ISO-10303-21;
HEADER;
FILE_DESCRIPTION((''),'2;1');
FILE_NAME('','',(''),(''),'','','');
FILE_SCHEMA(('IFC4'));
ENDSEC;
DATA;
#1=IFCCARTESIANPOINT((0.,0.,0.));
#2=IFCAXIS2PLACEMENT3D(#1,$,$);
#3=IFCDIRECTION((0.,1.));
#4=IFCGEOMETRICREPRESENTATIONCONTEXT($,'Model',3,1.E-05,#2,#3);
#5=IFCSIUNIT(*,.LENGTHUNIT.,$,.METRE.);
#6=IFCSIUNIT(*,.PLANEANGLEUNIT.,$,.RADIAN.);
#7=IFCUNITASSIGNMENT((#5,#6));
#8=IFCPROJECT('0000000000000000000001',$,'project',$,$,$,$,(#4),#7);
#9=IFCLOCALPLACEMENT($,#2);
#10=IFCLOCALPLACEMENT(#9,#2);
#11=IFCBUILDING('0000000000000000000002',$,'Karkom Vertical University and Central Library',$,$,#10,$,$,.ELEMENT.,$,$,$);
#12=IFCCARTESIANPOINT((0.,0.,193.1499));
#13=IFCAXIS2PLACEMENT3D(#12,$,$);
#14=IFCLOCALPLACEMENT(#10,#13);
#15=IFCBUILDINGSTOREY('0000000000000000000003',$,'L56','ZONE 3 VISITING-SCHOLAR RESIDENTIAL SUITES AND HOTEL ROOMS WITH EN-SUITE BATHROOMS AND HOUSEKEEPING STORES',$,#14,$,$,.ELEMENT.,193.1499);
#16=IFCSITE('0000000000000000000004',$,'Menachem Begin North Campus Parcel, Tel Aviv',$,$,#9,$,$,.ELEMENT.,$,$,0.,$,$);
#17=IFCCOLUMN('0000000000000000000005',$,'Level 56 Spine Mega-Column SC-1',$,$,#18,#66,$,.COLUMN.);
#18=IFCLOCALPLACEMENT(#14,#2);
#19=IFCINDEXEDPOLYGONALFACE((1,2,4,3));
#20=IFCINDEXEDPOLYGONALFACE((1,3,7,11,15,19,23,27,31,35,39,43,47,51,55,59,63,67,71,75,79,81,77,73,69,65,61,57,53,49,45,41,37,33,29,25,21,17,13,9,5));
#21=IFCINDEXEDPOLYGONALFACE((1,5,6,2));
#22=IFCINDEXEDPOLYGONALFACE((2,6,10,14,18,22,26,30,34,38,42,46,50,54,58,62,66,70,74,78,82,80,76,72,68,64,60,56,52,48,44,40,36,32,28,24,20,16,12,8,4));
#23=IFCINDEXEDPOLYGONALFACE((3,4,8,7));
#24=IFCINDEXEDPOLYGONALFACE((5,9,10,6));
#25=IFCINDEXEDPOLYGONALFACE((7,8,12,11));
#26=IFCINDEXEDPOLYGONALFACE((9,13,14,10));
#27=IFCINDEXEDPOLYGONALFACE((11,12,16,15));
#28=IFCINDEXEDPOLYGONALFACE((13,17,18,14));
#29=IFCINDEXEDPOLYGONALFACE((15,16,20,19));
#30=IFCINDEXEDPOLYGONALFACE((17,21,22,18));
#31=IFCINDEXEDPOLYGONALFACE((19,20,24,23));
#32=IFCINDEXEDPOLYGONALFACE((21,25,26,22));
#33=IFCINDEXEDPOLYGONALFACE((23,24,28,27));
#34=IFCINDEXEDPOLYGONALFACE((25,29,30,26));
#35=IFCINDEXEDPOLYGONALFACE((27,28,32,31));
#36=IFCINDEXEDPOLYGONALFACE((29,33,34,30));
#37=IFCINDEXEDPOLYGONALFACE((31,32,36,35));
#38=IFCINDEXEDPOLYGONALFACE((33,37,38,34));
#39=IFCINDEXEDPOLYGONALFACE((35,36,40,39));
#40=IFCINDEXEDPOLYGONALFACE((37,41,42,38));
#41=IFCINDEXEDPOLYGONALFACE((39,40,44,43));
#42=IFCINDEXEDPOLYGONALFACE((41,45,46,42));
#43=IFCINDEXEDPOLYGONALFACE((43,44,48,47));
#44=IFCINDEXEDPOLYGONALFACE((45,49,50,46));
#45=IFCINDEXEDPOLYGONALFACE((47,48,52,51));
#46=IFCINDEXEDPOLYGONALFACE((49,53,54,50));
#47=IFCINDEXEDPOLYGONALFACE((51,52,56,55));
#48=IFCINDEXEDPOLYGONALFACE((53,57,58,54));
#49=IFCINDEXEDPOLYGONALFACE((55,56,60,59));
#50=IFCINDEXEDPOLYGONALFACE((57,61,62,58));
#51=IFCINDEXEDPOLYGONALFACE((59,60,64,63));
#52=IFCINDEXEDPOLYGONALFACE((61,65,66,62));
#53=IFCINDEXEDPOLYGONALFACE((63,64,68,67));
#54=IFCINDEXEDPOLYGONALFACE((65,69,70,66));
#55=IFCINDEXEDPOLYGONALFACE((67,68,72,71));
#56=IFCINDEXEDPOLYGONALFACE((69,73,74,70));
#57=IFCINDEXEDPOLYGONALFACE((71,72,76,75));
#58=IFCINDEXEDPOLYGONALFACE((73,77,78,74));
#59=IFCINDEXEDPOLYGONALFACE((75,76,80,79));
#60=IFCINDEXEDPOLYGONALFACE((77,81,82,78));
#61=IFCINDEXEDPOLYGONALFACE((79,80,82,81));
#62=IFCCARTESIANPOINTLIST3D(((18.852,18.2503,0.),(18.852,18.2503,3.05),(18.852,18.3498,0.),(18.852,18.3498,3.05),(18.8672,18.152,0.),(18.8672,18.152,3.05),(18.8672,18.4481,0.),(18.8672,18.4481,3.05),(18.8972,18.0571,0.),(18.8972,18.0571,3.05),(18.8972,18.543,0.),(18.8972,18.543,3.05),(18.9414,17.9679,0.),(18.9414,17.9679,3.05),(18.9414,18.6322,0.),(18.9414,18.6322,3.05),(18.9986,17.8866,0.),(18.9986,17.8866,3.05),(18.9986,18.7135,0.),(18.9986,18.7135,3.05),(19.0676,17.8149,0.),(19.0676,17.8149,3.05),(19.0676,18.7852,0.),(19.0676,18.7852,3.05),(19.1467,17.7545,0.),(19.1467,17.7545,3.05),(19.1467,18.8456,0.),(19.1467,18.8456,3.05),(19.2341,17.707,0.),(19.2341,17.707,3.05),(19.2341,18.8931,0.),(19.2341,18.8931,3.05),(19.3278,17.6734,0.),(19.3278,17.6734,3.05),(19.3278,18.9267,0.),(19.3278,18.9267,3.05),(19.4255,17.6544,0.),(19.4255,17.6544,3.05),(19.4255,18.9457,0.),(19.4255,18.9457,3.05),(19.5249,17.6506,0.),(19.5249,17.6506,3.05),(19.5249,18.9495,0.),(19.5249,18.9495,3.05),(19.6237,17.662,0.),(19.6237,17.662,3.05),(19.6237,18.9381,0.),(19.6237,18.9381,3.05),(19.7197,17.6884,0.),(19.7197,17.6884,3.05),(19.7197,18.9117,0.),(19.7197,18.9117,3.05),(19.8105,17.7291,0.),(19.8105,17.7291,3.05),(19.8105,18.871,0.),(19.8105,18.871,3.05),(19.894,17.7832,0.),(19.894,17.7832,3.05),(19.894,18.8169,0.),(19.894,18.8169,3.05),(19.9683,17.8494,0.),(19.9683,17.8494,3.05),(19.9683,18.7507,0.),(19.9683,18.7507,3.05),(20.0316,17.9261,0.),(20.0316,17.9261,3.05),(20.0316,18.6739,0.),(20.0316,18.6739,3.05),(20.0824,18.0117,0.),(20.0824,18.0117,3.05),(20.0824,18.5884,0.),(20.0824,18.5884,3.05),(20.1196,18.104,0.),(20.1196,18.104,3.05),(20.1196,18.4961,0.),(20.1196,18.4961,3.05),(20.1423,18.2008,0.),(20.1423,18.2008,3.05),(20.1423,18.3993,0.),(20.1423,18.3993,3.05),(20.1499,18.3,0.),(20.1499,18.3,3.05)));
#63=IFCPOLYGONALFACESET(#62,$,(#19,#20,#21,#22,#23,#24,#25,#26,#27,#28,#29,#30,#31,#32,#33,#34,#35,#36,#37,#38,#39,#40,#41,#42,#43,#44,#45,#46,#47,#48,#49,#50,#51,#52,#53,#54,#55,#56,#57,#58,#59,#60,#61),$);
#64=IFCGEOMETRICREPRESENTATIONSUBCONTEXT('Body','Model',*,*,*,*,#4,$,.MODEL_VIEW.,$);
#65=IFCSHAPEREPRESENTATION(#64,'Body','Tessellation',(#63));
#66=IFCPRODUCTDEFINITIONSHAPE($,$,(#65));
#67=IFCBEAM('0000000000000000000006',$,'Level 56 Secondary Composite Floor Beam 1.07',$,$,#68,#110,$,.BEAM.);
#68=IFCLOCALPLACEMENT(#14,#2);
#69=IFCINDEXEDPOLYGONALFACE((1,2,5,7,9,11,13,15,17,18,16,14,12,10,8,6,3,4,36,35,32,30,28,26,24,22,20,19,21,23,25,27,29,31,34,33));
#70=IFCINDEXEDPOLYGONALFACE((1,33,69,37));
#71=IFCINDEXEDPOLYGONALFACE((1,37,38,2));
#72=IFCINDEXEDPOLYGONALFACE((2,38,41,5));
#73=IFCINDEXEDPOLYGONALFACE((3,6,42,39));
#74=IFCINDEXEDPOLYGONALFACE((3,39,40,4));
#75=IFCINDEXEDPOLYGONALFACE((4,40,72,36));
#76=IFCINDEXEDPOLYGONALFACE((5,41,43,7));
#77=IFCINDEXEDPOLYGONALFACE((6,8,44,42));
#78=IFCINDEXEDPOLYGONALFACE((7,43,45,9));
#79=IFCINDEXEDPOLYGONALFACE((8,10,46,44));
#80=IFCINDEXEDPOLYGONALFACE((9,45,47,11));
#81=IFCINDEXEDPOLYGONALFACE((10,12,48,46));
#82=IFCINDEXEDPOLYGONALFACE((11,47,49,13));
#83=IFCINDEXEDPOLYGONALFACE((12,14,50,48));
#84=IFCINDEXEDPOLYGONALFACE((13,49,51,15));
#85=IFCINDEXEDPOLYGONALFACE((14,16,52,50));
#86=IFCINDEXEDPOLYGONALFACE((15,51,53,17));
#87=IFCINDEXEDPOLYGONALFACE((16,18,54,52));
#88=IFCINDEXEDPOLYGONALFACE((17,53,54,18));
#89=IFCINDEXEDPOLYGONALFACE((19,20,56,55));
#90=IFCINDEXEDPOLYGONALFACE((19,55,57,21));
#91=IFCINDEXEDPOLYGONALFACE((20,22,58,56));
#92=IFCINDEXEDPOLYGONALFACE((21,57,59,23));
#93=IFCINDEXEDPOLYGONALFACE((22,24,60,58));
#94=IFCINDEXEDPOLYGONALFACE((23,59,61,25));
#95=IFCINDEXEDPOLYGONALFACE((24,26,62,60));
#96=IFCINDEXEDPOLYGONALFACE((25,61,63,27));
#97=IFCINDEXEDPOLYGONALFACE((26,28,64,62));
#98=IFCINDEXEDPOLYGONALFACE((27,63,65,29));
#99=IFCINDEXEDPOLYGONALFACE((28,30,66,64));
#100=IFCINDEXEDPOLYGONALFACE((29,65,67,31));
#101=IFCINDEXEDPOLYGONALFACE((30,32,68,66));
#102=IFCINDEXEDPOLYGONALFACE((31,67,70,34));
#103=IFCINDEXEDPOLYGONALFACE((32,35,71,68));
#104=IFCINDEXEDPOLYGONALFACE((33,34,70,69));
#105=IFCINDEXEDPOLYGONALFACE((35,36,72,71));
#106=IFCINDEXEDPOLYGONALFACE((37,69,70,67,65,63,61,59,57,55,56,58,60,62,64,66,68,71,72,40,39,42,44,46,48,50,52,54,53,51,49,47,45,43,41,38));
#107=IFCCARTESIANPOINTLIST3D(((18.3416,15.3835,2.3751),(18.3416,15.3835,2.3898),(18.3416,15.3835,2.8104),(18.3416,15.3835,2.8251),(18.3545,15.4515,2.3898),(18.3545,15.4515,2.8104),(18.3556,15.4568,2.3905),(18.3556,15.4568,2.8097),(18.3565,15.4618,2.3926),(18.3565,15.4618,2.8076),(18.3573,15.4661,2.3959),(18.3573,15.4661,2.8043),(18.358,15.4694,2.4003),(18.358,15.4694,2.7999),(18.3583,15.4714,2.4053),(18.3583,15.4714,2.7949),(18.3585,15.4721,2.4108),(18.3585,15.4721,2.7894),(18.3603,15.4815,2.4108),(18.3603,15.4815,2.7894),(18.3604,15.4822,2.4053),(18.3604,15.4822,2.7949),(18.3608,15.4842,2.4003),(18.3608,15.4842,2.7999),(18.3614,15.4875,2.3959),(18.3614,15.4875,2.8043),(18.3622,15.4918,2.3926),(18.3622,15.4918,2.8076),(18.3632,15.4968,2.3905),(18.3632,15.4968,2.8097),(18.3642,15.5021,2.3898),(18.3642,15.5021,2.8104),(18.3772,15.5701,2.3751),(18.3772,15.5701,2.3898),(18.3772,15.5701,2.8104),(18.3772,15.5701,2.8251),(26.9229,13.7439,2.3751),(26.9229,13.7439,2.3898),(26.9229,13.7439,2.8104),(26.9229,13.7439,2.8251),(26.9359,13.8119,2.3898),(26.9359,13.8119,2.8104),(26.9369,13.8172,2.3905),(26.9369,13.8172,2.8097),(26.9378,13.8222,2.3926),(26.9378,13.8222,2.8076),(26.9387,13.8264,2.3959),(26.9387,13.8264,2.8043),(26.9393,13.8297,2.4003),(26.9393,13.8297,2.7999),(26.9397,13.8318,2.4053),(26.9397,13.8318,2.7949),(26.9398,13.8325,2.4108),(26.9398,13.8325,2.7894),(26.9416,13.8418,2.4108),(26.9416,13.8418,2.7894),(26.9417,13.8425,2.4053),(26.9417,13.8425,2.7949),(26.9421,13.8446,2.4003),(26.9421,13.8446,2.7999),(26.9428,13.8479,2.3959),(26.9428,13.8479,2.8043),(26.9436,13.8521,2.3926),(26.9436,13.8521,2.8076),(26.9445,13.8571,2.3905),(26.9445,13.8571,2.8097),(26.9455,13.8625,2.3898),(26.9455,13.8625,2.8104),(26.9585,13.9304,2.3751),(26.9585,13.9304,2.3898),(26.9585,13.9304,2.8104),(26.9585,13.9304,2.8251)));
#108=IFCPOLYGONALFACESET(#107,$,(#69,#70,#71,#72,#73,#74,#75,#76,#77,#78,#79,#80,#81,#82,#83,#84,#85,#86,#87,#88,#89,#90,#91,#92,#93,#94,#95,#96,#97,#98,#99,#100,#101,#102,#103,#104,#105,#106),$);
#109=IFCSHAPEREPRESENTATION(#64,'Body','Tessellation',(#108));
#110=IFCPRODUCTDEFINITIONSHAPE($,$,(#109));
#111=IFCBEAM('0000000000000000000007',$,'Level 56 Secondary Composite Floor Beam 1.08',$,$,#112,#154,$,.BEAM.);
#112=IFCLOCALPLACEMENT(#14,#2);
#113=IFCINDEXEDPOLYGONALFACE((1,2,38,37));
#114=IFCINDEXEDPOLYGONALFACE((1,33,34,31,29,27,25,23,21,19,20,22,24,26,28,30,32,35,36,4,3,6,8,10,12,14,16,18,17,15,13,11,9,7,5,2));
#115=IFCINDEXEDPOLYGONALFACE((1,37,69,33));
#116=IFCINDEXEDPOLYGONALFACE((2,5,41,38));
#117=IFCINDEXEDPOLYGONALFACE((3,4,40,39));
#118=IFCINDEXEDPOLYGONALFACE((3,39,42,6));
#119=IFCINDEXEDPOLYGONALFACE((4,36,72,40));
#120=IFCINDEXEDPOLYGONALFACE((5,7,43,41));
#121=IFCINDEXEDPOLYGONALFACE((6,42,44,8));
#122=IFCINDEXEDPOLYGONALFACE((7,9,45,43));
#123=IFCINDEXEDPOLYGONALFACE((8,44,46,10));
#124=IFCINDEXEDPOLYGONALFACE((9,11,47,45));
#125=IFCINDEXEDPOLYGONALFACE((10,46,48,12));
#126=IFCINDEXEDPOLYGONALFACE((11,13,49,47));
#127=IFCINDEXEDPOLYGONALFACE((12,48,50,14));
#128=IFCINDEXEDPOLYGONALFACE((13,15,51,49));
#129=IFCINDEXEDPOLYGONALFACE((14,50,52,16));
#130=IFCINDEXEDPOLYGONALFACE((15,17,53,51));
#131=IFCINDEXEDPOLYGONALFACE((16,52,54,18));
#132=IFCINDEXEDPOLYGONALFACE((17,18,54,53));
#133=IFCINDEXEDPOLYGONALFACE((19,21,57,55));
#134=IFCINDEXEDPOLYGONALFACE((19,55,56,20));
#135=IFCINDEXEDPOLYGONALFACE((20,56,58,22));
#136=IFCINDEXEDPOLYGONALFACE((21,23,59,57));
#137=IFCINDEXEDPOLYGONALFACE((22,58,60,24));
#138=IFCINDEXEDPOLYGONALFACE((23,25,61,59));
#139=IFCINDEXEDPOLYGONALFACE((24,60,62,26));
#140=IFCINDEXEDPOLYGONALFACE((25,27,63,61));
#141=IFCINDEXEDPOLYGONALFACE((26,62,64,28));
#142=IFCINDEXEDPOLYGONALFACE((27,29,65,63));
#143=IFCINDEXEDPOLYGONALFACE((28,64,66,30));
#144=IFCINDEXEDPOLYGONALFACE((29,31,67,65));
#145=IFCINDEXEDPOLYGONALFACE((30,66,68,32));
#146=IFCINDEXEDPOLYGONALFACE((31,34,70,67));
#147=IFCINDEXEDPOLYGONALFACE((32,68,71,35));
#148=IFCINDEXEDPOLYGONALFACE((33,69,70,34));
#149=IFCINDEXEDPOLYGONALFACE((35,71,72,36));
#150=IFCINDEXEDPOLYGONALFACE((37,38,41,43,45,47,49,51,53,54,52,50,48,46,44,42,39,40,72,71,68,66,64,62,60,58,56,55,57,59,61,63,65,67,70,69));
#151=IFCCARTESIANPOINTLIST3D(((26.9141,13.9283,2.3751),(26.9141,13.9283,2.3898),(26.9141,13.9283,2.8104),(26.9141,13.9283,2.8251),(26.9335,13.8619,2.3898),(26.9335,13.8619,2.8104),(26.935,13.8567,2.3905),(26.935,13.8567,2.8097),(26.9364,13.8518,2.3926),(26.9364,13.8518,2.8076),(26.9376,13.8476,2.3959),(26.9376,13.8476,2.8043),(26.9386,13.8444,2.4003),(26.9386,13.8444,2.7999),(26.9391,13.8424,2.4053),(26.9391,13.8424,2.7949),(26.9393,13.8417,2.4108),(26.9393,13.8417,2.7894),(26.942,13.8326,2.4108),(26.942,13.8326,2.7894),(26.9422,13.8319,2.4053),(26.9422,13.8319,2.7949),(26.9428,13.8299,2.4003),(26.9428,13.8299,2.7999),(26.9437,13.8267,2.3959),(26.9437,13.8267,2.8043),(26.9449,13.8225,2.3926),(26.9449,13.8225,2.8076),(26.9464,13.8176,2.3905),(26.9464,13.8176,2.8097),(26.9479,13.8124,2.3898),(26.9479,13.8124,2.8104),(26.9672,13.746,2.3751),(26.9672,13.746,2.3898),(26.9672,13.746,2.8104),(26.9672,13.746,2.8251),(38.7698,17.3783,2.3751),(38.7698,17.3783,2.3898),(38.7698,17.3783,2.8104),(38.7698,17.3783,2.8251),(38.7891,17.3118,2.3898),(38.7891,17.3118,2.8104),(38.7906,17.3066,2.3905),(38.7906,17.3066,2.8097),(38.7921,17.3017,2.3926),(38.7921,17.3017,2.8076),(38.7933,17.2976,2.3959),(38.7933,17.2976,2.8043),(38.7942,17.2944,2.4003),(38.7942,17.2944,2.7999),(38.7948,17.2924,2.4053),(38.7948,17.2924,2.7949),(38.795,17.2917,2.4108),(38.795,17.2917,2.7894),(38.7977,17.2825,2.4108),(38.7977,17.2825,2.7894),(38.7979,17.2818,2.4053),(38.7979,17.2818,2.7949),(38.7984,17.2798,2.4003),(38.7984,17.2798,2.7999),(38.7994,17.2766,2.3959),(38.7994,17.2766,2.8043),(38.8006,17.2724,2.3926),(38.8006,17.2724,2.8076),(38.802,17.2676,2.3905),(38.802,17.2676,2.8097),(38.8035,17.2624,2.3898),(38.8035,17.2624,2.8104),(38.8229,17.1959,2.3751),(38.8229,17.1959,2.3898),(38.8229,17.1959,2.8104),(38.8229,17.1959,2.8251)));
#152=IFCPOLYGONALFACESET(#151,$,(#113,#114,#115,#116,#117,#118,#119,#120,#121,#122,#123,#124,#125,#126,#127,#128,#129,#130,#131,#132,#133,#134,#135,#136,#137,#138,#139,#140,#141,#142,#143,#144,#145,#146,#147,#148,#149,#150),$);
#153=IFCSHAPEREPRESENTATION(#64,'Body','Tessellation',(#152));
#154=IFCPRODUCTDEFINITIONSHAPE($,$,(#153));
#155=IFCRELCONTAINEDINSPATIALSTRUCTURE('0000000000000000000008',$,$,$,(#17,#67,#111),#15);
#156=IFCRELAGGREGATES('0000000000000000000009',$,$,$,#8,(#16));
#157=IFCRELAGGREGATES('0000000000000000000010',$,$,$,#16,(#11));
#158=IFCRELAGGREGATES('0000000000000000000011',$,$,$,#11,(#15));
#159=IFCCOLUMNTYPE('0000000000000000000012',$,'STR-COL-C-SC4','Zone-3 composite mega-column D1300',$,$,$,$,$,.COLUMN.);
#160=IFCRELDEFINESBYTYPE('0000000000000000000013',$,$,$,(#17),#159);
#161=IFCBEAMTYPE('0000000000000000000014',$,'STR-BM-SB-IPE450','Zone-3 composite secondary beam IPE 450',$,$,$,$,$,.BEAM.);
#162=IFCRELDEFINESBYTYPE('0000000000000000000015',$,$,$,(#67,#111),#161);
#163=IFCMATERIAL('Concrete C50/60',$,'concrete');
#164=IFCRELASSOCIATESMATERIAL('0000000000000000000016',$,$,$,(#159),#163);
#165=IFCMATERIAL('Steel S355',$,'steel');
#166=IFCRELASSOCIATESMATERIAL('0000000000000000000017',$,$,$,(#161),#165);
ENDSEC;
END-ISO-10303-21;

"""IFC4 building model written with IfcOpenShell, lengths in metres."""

from ifc_helpers import new_model, si_unit, direction, frame, origin, origin_with_axes, origin_2d, place, context, subcontext, project, spatial, circle, i_section, extrude, source, transform, mapped, material, material_profile, profile_set, type_object, element, save


model = new_model("IFC4")

# Units and contexts
model_context = context("Model", 3, precision=1e-05, world=origin(), true_north=direction((0.0, 1.0)))
body_context = subcontext(model_context, "Body", "Model", "MODEL_VIEW")
ifc_project = project(units=[si_unit("LENGTHUNIT", "METRE"), si_unit("PLANEANGLEUNIT", "RADIAN")], contexts=[model_context])

# Site, building, storey
site_placement = place(None, origin())
site = spatial("IfcSite", under=ifc_project, at=site_placement, Name="Menachem Begin North Campus Parcel, Tel Aviv", CompositionType="ELEMENT", RefElevation=0.0)
building_placement = place(site_placement, origin())
building = spatial("IfcBuilding", under=site, at=building_placement, Name="Karkom Vertical University and Central Library", CompositionType="ELEMENT")
storey_placement = place(building_placement, frame((0.0, 0.0, 193.1499)))
storey = spatial("IfcBuildingStorey", under=building, at=storey_placement, Name="L56", Description="ZONE 3 VISITING-SCHOLAR RESIDENTIAL SUITES AND HOTEL ROOMS WITH EN-SUITE BATHROOMS AND HOUSEKEEPING STORES", CompositionType="ELEMENT", Elevation=193.1499)

# Column
ifc_material_1 = material(Name="Concrete C50/60", Category="concrete")
ifc_material_profile_1 = material_profile(ifc_material_1, circle(Radius=0.6499, at=origin_2d()), Name="CFT-D1300")
ifc_profile_set_1 = profile_set([ifc_material_profile_1], Name="Concrete C50/60")
column_type = type_object("IfcColumnType", Name="STR-COL-C-SC4", Description="Zone-3 composite mega-column D1300", PredefinedType="COLUMN", material=ifc_profile_set_1)
shared_shape_1 = source(origin_with_axes(), body_context, "Body", "SweptSolid", [
    extrude(circle(Radius=0.6499, at=origin_2d()), origin(), (0.0, 0.0, 1.0), 3.05),
])
column_placement = place(storey_placement, frame((19.5, 18.3, 0.0), z_axis=(0.0, 0.0, 1.0), x_axis=(1.0, 0.0, 0.0)))
element("IfcColumn", 1, at=column_placement, inside=storey, type_object=column_type, Name="Level 56 Spine Mega-Column SC-1", PredefinedType="COLUMN", context=body_context, shape_type="MappedRepresentation", body=[
    mapped(shared_shape_1, transform((0.0, 0.0, 0.0), scale=1.0)),
])

# Beams
ifc_material_2 = material(Name="Steel S355", Category="steel")
ifc_material_profile_2 = material_profile(ifc_material_2, i_section(OverallWidth=0.1899, OverallDepth=0.45, WebThickness=0.0095, FlangeThickness=0.0146, FilletRadius=0.021, at=origin_2d()), Name="IPE 450")
ifc_profile_set_2 = profile_set([ifc_material_profile_2], Name="Steel S355")
beam_type_1 = type_object("IfcBeamType", Name="STR-BM-SB-IPE450", Description="Zone-3 composite secondary beam IPE 450", PredefinedType="BEAM", material=ifc_profile_set_2)
shared_shape_2 = source(origin_with_axes(), body_context, "Body", "SweptSolid", [
    extrude(i_section(OverallWidth=0.1899, OverallDepth=0.45, WebThickness=0.0095, FlangeThickness=0.0146, FilletRadius=0.021, at=origin_2d()), origin(), (0.0, 0.0, 1.0), 8.7366),
])
beam_1_placement = place(storey_placement, frame((18.3594, 15.4768, 2.6001), z_axis=(0.982231, -0.187677, 0.0), x_axis=(0.187677, 0.982231, 0.0)))
element("IfcBeam", 2, at=beam_1_placement, inside=storey, type_object=beam_type_1, Name="Level 56 Secondary Composite Floor Beam 1.07", PredefinedType="BEAM", context=body_context, shape_type="MappedRepresentation", body=[
    mapped(shared_shape_2, transform((0.0, 0.0, 0.0), scale=1.0)),
])
shared_shape_3 = source(origin_with_axes(), body_context, "Body", "SweptSolid", [
    extrude(i_section(OverallWidth=0.1899, OverallDepth=0.45, WebThickness=0.0095, FlangeThickness=0.0146, FilletRadius=0.021, at=origin_2d()), origin(), (0.0, 0.0, 1.0), 12.3474),
])
beam_2_placement = place(storey_placement, frame((26.9407, 13.8372, 2.6001), z_axis=(0.960173, 0.279405, 0.0), x_axis=(-0.279405, 0.960173, 0.0)))
element("IfcBeam", 3, at=beam_2_placement, inside=storey, type_object=beam_type_1, Name="Level 56 Secondary Composite Floor Beam 1.08", PredefinedType="BEAM", context=body_context, shape_type="MappedRepresentation", body=[
    mapped(shared_shape_3, transform((0.0, 0.0, 0.0), scale=1.0)),
])

save(model, "model.ifc")
